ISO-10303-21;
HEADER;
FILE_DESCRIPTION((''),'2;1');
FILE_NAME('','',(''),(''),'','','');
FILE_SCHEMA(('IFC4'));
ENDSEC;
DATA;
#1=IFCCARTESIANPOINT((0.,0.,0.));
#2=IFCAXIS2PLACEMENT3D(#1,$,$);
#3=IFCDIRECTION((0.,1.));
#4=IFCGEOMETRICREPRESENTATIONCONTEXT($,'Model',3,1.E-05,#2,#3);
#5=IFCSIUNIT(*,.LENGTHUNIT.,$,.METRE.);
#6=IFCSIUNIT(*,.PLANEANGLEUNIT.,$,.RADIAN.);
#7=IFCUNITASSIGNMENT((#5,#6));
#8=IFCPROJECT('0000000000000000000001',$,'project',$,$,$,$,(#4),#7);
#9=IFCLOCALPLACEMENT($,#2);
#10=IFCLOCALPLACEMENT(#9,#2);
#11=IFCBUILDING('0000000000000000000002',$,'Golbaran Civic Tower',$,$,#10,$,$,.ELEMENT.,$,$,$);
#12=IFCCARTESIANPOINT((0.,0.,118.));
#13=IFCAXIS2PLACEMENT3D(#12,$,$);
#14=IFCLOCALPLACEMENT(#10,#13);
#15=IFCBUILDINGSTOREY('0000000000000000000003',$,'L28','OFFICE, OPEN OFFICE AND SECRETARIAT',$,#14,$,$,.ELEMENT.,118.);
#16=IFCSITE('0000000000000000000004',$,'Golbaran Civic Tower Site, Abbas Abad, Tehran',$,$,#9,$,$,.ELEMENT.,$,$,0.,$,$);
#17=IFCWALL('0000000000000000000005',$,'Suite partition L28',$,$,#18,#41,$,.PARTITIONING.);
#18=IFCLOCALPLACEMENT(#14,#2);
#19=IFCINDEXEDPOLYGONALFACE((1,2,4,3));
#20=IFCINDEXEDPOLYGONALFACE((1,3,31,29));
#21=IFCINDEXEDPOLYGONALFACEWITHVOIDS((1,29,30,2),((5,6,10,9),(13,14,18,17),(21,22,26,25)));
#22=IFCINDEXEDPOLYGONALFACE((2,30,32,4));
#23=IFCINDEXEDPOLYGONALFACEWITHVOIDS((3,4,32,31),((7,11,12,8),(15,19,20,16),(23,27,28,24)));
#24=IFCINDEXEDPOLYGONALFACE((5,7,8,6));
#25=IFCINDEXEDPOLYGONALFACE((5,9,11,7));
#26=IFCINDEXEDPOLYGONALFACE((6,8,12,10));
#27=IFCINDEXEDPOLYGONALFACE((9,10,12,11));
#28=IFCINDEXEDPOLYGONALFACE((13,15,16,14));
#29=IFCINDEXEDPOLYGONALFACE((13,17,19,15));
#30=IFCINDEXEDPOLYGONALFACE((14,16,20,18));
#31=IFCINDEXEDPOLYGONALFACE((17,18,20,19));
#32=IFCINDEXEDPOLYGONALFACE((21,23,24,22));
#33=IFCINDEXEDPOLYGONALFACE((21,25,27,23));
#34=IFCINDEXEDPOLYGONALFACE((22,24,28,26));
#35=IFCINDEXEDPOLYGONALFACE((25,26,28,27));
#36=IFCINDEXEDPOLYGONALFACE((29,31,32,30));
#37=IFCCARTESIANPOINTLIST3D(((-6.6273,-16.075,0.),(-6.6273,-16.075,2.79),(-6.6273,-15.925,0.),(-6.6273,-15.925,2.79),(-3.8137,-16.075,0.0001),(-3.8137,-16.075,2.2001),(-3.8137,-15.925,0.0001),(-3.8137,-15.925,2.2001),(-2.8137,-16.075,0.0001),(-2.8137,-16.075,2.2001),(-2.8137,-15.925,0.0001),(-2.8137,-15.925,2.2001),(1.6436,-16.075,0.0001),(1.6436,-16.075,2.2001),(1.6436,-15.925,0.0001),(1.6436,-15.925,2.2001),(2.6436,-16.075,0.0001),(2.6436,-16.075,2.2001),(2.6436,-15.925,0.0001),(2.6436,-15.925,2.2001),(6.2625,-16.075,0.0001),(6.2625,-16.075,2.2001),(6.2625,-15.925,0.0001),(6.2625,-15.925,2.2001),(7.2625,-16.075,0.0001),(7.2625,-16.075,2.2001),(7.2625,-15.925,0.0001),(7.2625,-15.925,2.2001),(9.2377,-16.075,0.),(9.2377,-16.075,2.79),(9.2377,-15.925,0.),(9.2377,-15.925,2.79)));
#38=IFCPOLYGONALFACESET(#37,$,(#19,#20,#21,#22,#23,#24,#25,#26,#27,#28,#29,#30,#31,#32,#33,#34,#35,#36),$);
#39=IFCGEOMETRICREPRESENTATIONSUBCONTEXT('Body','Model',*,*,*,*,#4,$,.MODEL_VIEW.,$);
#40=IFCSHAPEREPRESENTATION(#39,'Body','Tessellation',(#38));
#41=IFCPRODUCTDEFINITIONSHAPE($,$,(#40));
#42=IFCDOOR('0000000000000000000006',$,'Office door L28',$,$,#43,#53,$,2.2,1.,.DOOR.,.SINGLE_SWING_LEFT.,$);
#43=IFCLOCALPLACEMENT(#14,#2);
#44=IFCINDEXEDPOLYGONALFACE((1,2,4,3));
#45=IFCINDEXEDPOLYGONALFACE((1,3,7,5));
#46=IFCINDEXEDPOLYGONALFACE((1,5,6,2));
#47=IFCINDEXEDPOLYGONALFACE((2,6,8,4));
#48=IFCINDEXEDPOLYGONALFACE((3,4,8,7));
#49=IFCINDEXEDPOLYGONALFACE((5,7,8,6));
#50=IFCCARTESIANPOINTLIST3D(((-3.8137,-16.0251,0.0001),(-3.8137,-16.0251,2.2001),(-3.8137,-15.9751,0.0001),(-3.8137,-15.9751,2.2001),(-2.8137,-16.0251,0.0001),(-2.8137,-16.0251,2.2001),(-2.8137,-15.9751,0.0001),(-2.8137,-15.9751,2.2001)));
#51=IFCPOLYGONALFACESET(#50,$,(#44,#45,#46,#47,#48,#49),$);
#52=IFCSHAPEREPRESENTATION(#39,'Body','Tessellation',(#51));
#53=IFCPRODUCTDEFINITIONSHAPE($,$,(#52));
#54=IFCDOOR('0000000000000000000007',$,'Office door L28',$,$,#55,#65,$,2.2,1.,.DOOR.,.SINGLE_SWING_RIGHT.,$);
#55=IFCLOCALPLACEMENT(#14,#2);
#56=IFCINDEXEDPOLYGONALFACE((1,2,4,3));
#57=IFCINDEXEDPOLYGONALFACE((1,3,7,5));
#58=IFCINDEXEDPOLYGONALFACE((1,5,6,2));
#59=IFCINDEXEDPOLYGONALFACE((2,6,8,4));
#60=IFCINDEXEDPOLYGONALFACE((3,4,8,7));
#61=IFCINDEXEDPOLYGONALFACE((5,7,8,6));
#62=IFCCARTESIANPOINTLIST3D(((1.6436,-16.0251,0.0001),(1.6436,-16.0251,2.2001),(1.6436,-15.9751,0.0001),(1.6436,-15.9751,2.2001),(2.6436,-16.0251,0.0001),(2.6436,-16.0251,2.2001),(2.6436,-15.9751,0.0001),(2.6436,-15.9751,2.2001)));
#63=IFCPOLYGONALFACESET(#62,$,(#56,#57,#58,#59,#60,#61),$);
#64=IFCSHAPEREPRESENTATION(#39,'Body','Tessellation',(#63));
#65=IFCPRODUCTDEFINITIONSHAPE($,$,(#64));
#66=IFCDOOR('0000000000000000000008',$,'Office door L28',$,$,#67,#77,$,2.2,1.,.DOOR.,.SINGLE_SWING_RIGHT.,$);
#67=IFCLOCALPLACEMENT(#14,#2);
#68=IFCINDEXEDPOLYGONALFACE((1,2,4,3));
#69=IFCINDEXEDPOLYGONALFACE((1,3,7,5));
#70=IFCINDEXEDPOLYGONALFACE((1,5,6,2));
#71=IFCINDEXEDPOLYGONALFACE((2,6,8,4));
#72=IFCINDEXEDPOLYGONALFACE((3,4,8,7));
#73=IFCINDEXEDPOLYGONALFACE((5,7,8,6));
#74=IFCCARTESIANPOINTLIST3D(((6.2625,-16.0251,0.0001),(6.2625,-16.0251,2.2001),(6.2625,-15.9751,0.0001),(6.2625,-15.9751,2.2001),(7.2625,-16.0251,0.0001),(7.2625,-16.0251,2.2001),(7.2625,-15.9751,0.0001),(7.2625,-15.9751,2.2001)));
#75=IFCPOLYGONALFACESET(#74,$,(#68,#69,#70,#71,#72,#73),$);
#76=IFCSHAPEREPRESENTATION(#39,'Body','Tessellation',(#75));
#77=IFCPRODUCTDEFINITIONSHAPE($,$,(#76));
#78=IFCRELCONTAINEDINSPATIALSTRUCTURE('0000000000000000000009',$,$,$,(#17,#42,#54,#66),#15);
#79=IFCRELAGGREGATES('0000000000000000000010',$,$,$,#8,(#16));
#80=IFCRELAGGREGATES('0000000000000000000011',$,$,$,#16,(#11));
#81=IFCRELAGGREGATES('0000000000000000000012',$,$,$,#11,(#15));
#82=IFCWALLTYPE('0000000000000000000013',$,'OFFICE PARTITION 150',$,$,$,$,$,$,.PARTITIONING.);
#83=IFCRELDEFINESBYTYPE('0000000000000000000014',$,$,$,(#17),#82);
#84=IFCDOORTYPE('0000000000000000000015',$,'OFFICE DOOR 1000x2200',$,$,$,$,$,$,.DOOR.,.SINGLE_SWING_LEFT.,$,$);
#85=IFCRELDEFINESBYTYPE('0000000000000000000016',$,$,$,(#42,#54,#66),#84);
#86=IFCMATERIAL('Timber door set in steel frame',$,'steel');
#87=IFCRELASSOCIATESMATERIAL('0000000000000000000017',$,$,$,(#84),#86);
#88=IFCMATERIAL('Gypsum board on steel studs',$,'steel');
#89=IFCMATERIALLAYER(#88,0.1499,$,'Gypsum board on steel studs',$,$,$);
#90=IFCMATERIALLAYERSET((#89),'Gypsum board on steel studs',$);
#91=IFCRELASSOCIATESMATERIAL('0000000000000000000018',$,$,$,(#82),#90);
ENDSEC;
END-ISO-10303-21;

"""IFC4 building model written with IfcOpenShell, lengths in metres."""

from ifc_helpers import new_model, si_unit, direction, frame, frame_2d, origin, place, context, subcontext, project, spatial, rectangle, extrude, material, layer, layer_set, type_object, element, fill, save


model = new_model("IFC4")

# Units and contexts
model_context = context("Model", 3, precision=1e-05, world=origin(), true_north=direction((0.0, 1.0)))
body_context = subcontext(model_context, "Body", "Model", "MODEL_VIEW")
ifc_project = project(units=[si_unit("LENGTHUNIT", "METRE"), si_unit("PLANEANGLEUNIT", "RADIAN")], contexts=[model_context])

# Site, building, storey
site_placement = place(None, origin())
site = spatial("IfcSite", under=ifc_project, at=site_placement, Name="Golbaran Civic Tower Site, Abbas Abad, Tehran", CompositionType="ELEMENT", RefElevation=0.0)
building_placement = place(site_placement, origin())
building = spatial("IfcBuilding", under=site, at=building_placement, Name="Golbaran Civic Tower", CompositionType="ELEMENT")
storey_placement = place(building_placement, frame((0.0, 0.0, 118.0)))
storey = spatial("IfcBuildingStorey", under=building, at=storey_placement, Name="L28", Description="OFFICE, OPEN OFFICE AND SECRETARIAT", CompositionType="ELEMENT", Elevation=118.0)

# Shared definitions
ifc_material_1 = material(Name="Timber door set in steel frame", Category="steel")
door_type_1 = type_object("IfcDoorType", Name="OFFICE DOOR 1000x2200", OperationType="SINGLE_SWING_LEFT", PredefinedType="DOOR", material=ifc_material_1)

# Shared definitions
ifc_material_2 = material(Name="Gypsum board on steel studs", Category="steel")
ifc_layer_1 = layer(ifc_material_2, 0.1499, Name="Gypsum board on steel studs")
ifc_layer_set_1 = layer_set([ifc_layer_1], Name="Gypsum board on steel studs")
wall_type_1 = type_object("IfcWallType", Name="OFFICE PARTITION 150", PredefinedType="PARTITIONING", material=ifc_layer_set_1)

# Wall, openings, doors
wall_1_placement = place(storey_placement, frame((-6.6274, -16.0, 0.0), z_axis=(0.0, 0.0, 1.0), x_axis=(1.0, 0.0, 0.0)))
wall_1 = element("IfcWall", 1, at=wall_1_placement, inside=storey, type_object=wall_type_1, Name="Suite partition L28", PredefinedType="PARTITIONING", context=body_context, shape_type="SweptSolid", body=[
    extrude(rectangle(XDim=15.865, YDim=0.1499, at=frame_2d((7.9326, 0.0))), origin(), (0.0, 0.0, 1.0), 2.79),
])
opening_1_placement = place(wall_1_placement, frame((2.8137, 0.0, 0.0)))
opening_1 = element("IfcOpeningElement", 2, at=opening_1_placement, cuts=wall_1, PredefinedType="OPENING", context=body_context, shape_type="SweptSolid", body=[
    extrude(rectangle(XDim=1.0, YDim=2.2, at=frame_2d((0.5, 1.1001))), frame((0.0, 0.085, 0.0), z_axis=(0.0, -1.0, 0.0), x_axis=(1.0, 0.0, 0.0)), (0.0, 0.0, 1.0), 0.1699),
])
opening_2_placement = place(wall_1_placement, frame((8.271, 0.0, 0.0)))
opening_2 = element("IfcOpeningElement", 3, at=opening_2_placement, cuts=wall_1, PredefinedType="OPENING", context=body_context, shape_type="SweptSolid", body=[
    extrude(rectangle(XDim=1.0, YDim=2.2, at=frame_2d((0.5, 1.1001))), frame((0.0, 0.085, 0.0), z_axis=(0.0, -1.0, 0.0), x_axis=(1.0, 0.0, 0.0)), (0.0, 0.0, 1.0), 0.1699),
])
opening_3_placement = place(wall_1_placement, frame((12.8899, 0.0, 0.0)))
opening_3 = element("IfcOpeningElement", 4, at=opening_3_placement, cuts=wall_1, PredefinedType="OPENING", context=body_context, shape_type="SweptSolid", body=[
    extrude(rectangle(XDim=1.0, YDim=2.2, at=frame_2d((0.5, 1.1001))), frame((0.0, 0.085, 0.0), z_axis=(0.0, -1.0, 0.0), x_axis=(1.0, 0.0, 0.0)), (0.0, 0.0, 1.0), 0.1699),
])
door_1_placement = place(opening_1_placement, origin())
door_1 = element("IfcDoor", 5, at=door_1_placement, inside=storey, type_object=door_type_1, Name="Office door L28", OperationType="SINGLE_SWING_LEFT", OverallHeight=2.2, OverallWidth=1.0, PredefinedType="DOOR", context=body_context, shape_type="SweptSolid", body=[
    extrude(rectangle(XDim=1.0, YDim=2.2, at=frame_2d((0.5, 1.1001))), frame((0.0, 0.0249, 0.0), z_axis=(0.0, -1.0, 0.0), x_axis=(1.0, 0.0, 0.0)), (0.0, 0.0, 1.0), 0.05),
])
fill(opening_1, door_1)
door_2_placement = place(opening_2_placement, origin())
door_2 = element("IfcDoor", 6, at=door_2_placement, inside=storey, type_object=door_type_1, Name="Office door L28", OperationType="SINGLE_SWING_RIGHT", OverallHeight=2.2, OverallWidth=1.0, PredefinedType="DOOR", context=body_context, shape_type="SweptSolid", body=[
    extrude(rectangle(XDim=1.0, YDim=2.2, at=frame_2d((0.5, 1.1001))), frame((0.0, 0.0249, 0.0), z_axis=(0.0, -1.0, 0.0), x_axis=(1.0, 0.0, 0.0)), (0.0, 0.0, 1.0), 0.05),
])
fill(opening_2, door_2)
door_3_placement = place(opening_3_placement, origin())
door_3 = element("IfcDoor", 7, at=door_3_placement, inside=storey, type_object=door_type_1, Name="Office door L28", OperationType="SINGLE_SWING_RIGHT", OverallHeight=2.2, OverallWidth=1.0, PredefinedType="DOOR", context=body_context, shape_type="SweptSolid", body=[
    extrude(rectangle(XDim=1.0, YDim=2.2, at=frame_2d((0.5, 1.1001))), frame((0.0, 0.0249, 0.0), z_axis=(0.0, -1.0, 0.0), x_axis=(1.0, 0.0, 0.0)), (0.0, 0.0, 1.0), 0.05),
])
fill(opening_3, door_3)

save(model, "model.ifc")
